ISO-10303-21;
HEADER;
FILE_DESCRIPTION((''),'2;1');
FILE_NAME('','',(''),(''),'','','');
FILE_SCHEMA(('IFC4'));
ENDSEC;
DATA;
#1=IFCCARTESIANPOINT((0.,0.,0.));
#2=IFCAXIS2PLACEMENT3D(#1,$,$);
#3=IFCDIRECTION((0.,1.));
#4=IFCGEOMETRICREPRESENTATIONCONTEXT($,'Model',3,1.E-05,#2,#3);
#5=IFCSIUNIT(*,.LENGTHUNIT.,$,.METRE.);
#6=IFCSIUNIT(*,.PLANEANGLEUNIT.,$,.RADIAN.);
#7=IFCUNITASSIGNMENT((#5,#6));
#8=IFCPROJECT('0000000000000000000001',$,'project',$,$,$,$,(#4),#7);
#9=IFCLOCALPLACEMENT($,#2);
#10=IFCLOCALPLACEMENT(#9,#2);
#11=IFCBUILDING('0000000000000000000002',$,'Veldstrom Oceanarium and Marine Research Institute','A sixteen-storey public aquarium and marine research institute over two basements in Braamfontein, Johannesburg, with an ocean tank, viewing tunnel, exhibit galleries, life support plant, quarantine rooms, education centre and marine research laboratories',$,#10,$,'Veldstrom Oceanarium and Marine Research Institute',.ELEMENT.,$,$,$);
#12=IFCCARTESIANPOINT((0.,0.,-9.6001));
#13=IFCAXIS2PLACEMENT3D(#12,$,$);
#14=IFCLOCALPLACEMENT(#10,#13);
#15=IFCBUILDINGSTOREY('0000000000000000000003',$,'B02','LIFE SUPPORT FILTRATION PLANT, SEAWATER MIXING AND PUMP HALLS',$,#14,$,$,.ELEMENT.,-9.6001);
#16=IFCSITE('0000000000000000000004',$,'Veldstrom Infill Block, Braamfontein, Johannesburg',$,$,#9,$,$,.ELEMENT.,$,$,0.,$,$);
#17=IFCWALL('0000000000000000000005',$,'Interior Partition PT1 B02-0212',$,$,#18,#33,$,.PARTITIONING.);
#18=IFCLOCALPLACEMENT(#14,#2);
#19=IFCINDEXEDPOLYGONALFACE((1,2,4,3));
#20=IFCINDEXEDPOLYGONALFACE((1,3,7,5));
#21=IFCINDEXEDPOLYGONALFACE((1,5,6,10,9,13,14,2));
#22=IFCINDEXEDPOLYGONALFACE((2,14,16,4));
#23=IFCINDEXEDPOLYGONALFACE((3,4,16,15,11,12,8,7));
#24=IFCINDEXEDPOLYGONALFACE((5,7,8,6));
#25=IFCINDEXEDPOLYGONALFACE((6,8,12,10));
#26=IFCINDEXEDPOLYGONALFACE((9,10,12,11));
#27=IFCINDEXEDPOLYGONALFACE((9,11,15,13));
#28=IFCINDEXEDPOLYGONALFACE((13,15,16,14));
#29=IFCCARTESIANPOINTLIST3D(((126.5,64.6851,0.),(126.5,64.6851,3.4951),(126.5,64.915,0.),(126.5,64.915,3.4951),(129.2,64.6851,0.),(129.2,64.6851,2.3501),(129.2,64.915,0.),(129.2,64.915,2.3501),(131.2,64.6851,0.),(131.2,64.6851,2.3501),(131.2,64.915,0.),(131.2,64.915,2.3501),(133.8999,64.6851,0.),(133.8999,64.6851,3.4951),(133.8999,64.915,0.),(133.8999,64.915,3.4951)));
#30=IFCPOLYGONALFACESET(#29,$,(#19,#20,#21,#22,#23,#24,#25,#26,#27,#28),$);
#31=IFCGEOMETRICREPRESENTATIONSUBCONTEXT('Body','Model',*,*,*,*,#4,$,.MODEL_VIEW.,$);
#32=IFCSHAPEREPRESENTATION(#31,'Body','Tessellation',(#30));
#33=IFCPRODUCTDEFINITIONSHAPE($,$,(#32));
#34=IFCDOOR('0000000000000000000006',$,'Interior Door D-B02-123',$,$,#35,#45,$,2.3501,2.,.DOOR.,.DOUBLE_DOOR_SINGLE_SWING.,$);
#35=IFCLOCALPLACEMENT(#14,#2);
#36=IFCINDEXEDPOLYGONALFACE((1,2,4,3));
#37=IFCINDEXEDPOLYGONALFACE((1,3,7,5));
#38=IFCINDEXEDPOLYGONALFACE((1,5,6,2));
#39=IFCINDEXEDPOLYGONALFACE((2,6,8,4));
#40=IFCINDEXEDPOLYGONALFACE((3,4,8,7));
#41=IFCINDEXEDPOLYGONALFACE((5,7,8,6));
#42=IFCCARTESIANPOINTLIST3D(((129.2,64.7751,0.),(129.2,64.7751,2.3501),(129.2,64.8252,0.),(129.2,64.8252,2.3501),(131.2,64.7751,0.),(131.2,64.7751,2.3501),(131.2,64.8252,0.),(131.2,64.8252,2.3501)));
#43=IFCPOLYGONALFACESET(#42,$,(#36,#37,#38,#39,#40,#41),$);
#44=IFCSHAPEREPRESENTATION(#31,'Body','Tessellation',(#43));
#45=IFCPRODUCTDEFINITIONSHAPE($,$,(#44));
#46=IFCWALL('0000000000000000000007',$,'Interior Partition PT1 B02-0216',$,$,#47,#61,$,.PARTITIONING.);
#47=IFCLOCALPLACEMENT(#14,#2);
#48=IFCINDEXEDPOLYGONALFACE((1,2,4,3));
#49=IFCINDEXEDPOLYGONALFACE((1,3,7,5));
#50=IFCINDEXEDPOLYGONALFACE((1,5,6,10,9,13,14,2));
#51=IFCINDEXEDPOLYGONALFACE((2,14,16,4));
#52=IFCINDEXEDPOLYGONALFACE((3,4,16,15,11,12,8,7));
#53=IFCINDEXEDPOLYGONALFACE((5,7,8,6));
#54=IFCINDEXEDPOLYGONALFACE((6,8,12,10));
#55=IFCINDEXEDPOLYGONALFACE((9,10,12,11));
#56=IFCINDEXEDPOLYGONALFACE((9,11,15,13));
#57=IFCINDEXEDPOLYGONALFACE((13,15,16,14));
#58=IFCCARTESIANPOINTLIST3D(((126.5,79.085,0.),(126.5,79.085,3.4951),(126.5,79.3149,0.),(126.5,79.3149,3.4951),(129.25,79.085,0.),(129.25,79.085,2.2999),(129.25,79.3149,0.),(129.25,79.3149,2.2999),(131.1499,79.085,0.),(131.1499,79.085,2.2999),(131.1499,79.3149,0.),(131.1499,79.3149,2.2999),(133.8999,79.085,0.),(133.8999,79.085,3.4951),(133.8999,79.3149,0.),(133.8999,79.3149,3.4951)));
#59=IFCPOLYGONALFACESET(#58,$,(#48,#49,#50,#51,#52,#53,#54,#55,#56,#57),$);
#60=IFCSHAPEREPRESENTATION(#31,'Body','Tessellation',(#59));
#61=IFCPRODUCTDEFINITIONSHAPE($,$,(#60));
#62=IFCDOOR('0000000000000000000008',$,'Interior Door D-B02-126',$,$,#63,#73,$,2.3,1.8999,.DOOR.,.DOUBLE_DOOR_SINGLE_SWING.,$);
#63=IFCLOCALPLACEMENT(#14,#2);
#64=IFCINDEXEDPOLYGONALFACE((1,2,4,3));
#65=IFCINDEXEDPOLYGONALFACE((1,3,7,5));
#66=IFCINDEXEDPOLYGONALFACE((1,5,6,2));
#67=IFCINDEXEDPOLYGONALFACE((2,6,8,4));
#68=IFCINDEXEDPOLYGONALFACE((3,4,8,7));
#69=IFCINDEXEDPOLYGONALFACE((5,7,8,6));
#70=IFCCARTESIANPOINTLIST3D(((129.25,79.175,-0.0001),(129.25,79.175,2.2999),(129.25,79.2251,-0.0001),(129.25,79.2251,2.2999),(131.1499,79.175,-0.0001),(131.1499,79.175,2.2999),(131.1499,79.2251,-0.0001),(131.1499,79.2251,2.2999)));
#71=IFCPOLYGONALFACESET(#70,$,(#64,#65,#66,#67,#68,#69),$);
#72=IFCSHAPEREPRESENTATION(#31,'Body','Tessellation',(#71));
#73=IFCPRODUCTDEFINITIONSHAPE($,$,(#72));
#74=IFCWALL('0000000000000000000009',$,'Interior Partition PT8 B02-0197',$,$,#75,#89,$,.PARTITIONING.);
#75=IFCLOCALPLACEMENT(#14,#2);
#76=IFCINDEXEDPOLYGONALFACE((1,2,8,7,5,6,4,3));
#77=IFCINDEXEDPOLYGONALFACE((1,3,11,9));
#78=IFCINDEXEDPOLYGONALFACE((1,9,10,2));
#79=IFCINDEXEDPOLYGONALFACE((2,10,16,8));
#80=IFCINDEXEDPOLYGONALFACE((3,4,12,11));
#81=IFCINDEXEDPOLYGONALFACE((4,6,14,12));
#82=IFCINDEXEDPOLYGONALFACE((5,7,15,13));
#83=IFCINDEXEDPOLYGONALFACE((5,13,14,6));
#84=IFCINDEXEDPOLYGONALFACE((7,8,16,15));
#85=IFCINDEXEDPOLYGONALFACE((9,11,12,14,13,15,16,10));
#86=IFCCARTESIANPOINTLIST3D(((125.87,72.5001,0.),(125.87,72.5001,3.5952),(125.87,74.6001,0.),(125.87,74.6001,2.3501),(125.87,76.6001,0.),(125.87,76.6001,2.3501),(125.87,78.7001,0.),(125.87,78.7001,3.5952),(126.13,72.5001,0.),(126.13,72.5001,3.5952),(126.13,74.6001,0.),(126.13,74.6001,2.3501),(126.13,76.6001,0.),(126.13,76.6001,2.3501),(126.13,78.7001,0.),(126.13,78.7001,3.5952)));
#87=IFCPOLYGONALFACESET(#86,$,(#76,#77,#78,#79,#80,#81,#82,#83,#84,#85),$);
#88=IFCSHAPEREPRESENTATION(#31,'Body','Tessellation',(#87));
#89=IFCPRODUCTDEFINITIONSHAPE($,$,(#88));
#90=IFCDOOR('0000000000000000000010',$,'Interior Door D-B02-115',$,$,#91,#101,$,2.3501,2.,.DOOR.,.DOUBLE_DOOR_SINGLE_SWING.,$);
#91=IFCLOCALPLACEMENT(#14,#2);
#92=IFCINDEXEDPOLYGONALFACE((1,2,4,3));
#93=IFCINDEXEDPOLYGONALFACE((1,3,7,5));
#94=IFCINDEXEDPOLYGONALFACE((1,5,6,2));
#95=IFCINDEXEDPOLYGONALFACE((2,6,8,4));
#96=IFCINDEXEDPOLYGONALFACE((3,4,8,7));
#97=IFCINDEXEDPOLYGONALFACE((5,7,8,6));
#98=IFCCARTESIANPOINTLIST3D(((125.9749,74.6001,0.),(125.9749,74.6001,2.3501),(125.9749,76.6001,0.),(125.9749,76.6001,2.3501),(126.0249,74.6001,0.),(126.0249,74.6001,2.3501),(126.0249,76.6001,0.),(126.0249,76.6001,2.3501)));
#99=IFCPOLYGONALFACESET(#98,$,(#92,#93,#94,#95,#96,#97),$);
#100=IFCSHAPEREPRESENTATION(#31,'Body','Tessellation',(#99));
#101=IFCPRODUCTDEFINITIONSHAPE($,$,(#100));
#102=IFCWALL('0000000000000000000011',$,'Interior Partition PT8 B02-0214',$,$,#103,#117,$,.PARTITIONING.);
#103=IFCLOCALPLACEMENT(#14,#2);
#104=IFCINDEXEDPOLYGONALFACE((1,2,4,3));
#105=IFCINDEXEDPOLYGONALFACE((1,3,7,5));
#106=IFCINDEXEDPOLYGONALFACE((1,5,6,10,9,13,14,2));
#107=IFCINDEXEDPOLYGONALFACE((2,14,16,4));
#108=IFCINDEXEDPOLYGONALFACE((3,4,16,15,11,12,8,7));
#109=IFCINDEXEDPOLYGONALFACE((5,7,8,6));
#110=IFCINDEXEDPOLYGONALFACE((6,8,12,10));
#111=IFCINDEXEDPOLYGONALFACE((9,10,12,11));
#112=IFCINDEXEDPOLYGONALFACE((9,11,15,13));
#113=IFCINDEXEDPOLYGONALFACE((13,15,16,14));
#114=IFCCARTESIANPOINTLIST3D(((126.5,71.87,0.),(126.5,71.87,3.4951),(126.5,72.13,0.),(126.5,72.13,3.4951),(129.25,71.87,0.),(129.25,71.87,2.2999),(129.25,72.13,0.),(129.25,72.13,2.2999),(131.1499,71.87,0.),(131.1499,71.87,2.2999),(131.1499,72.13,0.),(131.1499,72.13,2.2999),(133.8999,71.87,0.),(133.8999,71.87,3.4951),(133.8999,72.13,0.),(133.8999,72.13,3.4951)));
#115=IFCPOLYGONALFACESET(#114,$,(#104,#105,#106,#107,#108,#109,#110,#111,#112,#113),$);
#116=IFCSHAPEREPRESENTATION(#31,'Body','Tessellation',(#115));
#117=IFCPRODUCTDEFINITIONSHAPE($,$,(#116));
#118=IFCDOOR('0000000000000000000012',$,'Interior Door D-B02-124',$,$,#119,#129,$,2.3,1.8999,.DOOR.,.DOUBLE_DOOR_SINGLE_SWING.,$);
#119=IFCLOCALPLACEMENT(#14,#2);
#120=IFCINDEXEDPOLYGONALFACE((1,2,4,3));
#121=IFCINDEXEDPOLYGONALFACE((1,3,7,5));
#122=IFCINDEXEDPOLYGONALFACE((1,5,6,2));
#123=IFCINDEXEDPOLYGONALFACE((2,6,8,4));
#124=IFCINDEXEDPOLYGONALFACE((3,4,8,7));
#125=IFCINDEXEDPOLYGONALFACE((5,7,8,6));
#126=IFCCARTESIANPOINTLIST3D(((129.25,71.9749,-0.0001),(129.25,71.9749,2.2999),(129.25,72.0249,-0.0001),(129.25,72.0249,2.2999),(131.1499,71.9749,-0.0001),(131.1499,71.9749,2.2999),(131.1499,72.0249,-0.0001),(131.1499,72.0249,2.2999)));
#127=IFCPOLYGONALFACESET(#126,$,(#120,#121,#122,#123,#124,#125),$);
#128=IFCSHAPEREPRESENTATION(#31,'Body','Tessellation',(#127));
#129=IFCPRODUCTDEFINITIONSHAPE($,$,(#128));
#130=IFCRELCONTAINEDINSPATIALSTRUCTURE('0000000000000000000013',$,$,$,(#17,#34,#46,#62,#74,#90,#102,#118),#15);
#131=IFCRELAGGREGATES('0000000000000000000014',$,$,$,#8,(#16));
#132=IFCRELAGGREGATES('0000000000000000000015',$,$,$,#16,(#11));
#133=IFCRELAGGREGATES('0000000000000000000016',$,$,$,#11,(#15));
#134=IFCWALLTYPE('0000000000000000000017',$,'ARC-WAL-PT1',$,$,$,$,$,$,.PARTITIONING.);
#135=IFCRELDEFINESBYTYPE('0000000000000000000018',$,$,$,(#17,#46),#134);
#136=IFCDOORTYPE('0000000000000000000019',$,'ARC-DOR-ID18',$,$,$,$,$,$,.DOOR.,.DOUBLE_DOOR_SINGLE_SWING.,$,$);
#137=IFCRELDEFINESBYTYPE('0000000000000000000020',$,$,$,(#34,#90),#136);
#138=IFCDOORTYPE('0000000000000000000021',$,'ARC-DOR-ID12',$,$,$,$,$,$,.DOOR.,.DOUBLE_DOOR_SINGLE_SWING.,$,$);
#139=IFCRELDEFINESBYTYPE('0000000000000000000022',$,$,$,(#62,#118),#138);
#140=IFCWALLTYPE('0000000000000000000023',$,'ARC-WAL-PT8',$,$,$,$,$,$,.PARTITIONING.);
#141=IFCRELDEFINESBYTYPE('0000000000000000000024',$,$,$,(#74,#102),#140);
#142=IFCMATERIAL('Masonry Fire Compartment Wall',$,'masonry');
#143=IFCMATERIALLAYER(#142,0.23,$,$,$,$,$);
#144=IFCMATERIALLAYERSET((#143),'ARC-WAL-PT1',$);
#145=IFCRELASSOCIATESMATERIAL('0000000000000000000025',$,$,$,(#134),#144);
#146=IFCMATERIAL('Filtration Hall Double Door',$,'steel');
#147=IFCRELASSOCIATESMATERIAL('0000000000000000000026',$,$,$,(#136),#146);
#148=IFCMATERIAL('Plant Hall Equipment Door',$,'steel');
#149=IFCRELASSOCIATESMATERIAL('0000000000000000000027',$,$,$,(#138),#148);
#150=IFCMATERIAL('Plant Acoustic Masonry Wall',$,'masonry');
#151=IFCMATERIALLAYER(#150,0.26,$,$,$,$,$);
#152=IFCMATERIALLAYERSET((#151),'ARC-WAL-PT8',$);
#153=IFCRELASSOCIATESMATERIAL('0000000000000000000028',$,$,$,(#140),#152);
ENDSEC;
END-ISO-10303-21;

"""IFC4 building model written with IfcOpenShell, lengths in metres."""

from ifc_helpers import new_model, si_unit, direction, frame, frame_2d, origin, place, context, subcontext, project, spatial, rectangle, extrude, material, layer, layer_set, type_object, element, fill, save


model = new_model("IFC4")

# Units and contexts
model_context = context("Model", 3, precision=1e-05, world=origin(), true_north=direction((0.0, 1.0)))
body_context = subcontext(model_context, "Body", "Model", "MODEL_VIEW")
ifc_project = project(units=[si_unit("LENGTHUNIT", "METRE"), si_unit("PLANEANGLEUNIT", "RADIAN")], contexts=[model_context])

# Site, building, storey
site_placement = place(None, origin())
site = spatial("IfcSite", under=ifc_project, at=site_placement, Name="Veldstrom Infill Block, Braamfontein, Johannesburg", CompositionType="ELEMENT", RefElevation=0.0)
building_placement = place(site_placement, origin())
building = spatial("IfcBuilding", under=site, at=building_placement, Name="Veldstrom Oceanarium and Marine Research Institute", Description="A sixteen-storey public aquarium and marine research institute over two basements in Braamfontein, Johannesburg, with an ocean tank, viewing tunnel, exhibit galleries, life support plant, quarantine rooms, education centre and marine research laboratories", LongName="Veldstrom Oceanarium and Marine Research Institute", CompositionType="ELEMENT")
storey_placement = place(building_placement, frame((0.0, 0.0, -9.6001)))
storey = spatial("IfcBuildingStorey", under=building, at=storey_placement, Name="B02", Description="LIFE SUPPORT FILTRATION PLANT, SEAWATER MIXING AND PUMP HALLS", CompositionType="ELEMENT", Elevation=-9.6001)

# Shared definitions
ifc_material_1 = material(Name="Masonry Fire Compartment Wall", Category="masonry")
ifc_layer_1 = layer(ifc_material_1, 0.23)
ifc_layer_set_1 = layer_set([ifc_layer_1], Name="ARC-WAL-PT1")
wall_type_1 = type_object("IfcWallType", Name="ARC-WAL-PT1", PredefinedType="PARTITIONING", material=ifc_layer_set_1)

# Walls, openings, doors
wall_1_placement = place(storey_placement, frame((126.5, 64.8, 0.0), z_axis=(0.0, 0.0, 1.0), x_axis=(1.0, 0.0, 0.0)))
wall_1 = element("IfcWall", 1, at=wall_1_placement, inside=storey, type_object=wall_type_1, Name="Interior Partition PT1 B02-0212", PredefinedType="PARTITIONING", context=body_context, shape_type="SweptSolid", body=[
    extrude(rectangle(XDim=7.3999, YDim=0.23, at=frame_2d((3.7, 0.0))), origin(), (0.0, 0.0, 1.0), 3.4951),
])
opening_1_placement = place(wall_1_placement, frame((2.7, 0.0, 0.0)))
opening_1 = element("IfcOpeningElement", 2, at=opening_1_placement, cuts=wall_1, PredefinedType="OPENING", context=body_context, shape_type="SweptSolid", body=[
    extrude(rectangle(XDim=2.0, YDim=2.3501, at=frame_2d((1.0, 1.175))), frame((0.0, 0.125, 0.0), z_axis=(0.0, -1.0, 0.0), x_axis=(1.0, 0.0, 0.0)), (0.0, 0.0, 1.0), 0.25),
])
ifc_material_2 = material(Name="Filtration Hall Double Door", Category="steel")
door_type_1 = type_object("IfcDoorType", Name="ARC-DOR-ID18", OperationType="DOUBLE_DOOR_SINGLE_SWING", PredefinedType="DOOR", material=ifc_material_2)
door_1_placement = place(opening_1_placement, frame((2.0, 0.0, 0.0), z_axis=(0.0, 0.0, 1.0), x_axis=(-1.0, 0.0, 0.0)))
door_1 = element("IfcDoor", 3, at=door_1_placement, inside=storey, type_object=door_type_1, Name="Interior Door D-B02-123", OperationType="DOUBLE_DOOR_SINGLE_SWING", OverallHeight=2.3501, OverallWidth=2.0, PredefinedType="DOOR", context=body_context, shape_type="SweptSolid", body=[
    extrude(rectangle(XDim=2.0, YDim=2.3501, at=frame_2d((1.0, 1.175))), frame((0.0, 0.0249, 0.0), z_axis=(0.0, -1.0, 0.0), x_axis=(1.0, 0.0, 0.0)), (0.0, 0.0, 1.0), 0.05),
])
fill(opening_1, door_1)
wall_2_placement = place(storey_placement, frame((126.5, 79.2, 0.0), z_axis=(0.0, 0.0, 1.0), x_axis=(1.0, 0.0, 0.0)))
wall_2 = element("IfcWall", 4, at=wall_2_placement, inside=storey, type_object=wall_type_1, Name="Interior Partition PT1 B02-0216", PredefinedType="PARTITIONING", context=body_context, shape_type="SweptSolid", body=[
    extrude(rectangle(XDim=7.3999, YDim=0.23, at=frame_2d((3.7, 0.0))), origin(), (0.0, 0.0, 1.0), 3.4951),
])
opening_2_placement = place(wall_2_placement, frame((2.75, 0.0, 0.0)))
opening_2 = element("IfcOpeningElement", 5, at=opening_2_placement, cuts=wall_2, PredefinedType="OPENING", context=body_context, shape_type="SweptSolid", body=[
    extrude(rectangle(XDim=1.8999, YDim=2.3, at=frame_2d((0.95, 1.1499))), frame((0.0, 0.125, 0.0), z_axis=(0.0, -1.0, 0.0), x_axis=(1.0, 0.0, 0.0)), (0.0, 0.0, 1.0), 0.25),
])
ifc_material_3 = material(Name="Plant Hall Equipment Door", Category="steel")
door_type_2 = type_object("IfcDoorType", Name="ARC-DOR-ID12", OperationType="DOUBLE_DOOR_SINGLE_SWING", PredefinedType="DOOR", material=ifc_material_3)
door_2_placement = place(opening_2_placement, frame((1.8999, 0.0, 0.0), z_axis=(0.0, 0.0, 1.0), x_axis=(-1.0, 0.0, 0.0)))
door_2 = element("IfcDoor", 6, at=door_2_placement, inside=storey, type_object=door_type_2, Name="Interior Door D-B02-126", OperationType="DOUBLE_DOOR_SINGLE_SWING", OverallHeight=2.3, OverallWidth=1.8999, PredefinedType="DOOR", context=body_context, shape_type="SweptSolid", body=[
    extrude(rectangle(XDim=1.8999, YDim=2.3, at=frame_2d((0.95, 1.1499))), frame((0.0, 0.0249, 0.0), z_axis=(0.0, -1.0, 0.0), x_axis=(1.0, 0.0, 0.0)), (0.0, 0.0, 1.0), 0.05),
])
fill(opening_2, door_2)
ifc_material_4 = material(Name="Plant Acoustic Masonry Wall", Category="masonry")
ifc_layer_2 = layer(ifc_material_4, 0.26)
ifc_layer_set_2 = layer_set([ifc_layer_2], Name="ARC-WAL-PT8")
wall_type_2 = type_object("IfcWallType", Name="ARC-WAL-PT8", PredefinedType="PARTITIONING", material=ifc_layer_set_2)
wall_3_placement = place(storey_placement, frame((126.0, 72.5, 0.0), z_axis=(0.0, 0.0, 1.0), x_axis=(0.0, 1.0, 0.0)))
wall_3 = element("IfcWall", 7, at=wall_3_placement, inside=storey, type_object=wall_type_2, Name="Interior Partition PT8 B02-0197", PredefinedType="PARTITIONING", context=body_context, shape_type="SweptSolid", body=[
    extrude(rectangle(XDim=6.2, YDim=0.26, at=frame_2d((3.1001, 0.0))), origin(), (0.0, 0.0, 1.0), 3.5952),
])
opening_3_placement = place(wall_3_placement, frame((2.1001, 0.0, 0.0)))
opening_3 = element("IfcOpeningElement", 8, at=opening_3_placement, cuts=wall_3, PredefinedType="OPENING", context=body_context, shape_type="SweptSolid", body=[
    extrude(rectangle(XDim=2.0, YDim=2.3501, at=frame_2d((1.0, 1.175))), frame((0.0, 0.1399, 0.0), z_axis=(0.0, -1.0, 0.0), x_axis=(1.0, 0.0, 0.0)), (0.0, 0.0, 1.0), 0.28),
])
door_3_placement = place(opening_3_placement, frame((2.0, 0.0, 0.0), z_axis=(0.0, 0.0, 1.0), x_axis=(-1.0, 0.0, 0.0)))
door_3 = element("IfcDoor", 9, at=door_3_placement, inside=storey, type_object=door_type_1, Name="Interior Door D-B02-115", OperationType="DOUBLE_DOOR_SINGLE_SWING", OverallHeight=2.3501, OverallWidth=2.0, PredefinedType="DOOR", context=body_context, shape_type="SweptSolid", body=[
    extrude(rectangle(XDim=2.0, YDim=2.3501, at=frame_2d((1.0, 1.175))), frame((0.0, 0.0249, 0.0), z_axis=(0.0, -1.0, 0.0), x_axis=(1.0, 0.0, 0.0)), (0.0, 0.0, 1.0), 0.05),
])
fill(opening_3, door_3)
wall_4_placement = place(storey_placement, frame((126.5, 72.0, 0.0), z_axis=(0.0, 0.0, 1.0), x_axis=(1.0, 0.0, 0.0)))
wall_4 = element("IfcWall", 10, at=wall_4_placement, inside=storey, type_object=wall_type_2, Name="Interior Partition PT8 B02-0214", PredefinedType="PARTITIONING", context=body_context, shape_type="SweptSolid", body=[
    extrude(rectangle(XDim=7.3999, YDim=0.26, at=frame_2d((3.7, 0.0))), origin(), (0.0, 0.0, 1.0), 3.4951),
])
opening_4_placement = place(wall_4_placement, frame((2.75, 0.0, 0.0)))
opening_4 = element("IfcOpeningElement", 11, at=opening_4_placement, cuts=wall_4, PredefinedType="OPENING", context=body_context, shape_type="SweptSolid", body=[
    extrude(rectangle(XDim=1.8999, YDim=2.3, at=frame_2d((0.95, 1.1499))), frame((0.0, 0.1399, 0.0), z_axis=(0.0, -1.0, 0.0), x_axis=(1.0, 0.0, 0.0)), (0.0, 0.0, 1.0), 0.28),
])
door_4_placement = place(opening_4_placement, origin())
door_4 = element("IfcDoor", 12, at=door_4_placement, inside=storey, type_object=door_type_2, Name="Interior Door D-B02-124", OperationType="DOUBLE_DOOR_SINGLE_SWING", OverallHeight=2.3, OverallWidth=1.8999, PredefinedType="DOOR", context=body_context, shape_type="SweptSolid", body=[
    extrude(rectangle(XDim=1.8999, YDim=2.3, at=frame_2d((0.95, 1.1499))), frame((0.0, 0.0249, 0.0), z_axis=(0.0, -1.0, 0.0), x_axis=(1.0, 0.0, 0.0)), (0.0, 0.0, 1.0), 0.05),
])
fill(opening_4, door_4)

save(model, "model.ifc")
